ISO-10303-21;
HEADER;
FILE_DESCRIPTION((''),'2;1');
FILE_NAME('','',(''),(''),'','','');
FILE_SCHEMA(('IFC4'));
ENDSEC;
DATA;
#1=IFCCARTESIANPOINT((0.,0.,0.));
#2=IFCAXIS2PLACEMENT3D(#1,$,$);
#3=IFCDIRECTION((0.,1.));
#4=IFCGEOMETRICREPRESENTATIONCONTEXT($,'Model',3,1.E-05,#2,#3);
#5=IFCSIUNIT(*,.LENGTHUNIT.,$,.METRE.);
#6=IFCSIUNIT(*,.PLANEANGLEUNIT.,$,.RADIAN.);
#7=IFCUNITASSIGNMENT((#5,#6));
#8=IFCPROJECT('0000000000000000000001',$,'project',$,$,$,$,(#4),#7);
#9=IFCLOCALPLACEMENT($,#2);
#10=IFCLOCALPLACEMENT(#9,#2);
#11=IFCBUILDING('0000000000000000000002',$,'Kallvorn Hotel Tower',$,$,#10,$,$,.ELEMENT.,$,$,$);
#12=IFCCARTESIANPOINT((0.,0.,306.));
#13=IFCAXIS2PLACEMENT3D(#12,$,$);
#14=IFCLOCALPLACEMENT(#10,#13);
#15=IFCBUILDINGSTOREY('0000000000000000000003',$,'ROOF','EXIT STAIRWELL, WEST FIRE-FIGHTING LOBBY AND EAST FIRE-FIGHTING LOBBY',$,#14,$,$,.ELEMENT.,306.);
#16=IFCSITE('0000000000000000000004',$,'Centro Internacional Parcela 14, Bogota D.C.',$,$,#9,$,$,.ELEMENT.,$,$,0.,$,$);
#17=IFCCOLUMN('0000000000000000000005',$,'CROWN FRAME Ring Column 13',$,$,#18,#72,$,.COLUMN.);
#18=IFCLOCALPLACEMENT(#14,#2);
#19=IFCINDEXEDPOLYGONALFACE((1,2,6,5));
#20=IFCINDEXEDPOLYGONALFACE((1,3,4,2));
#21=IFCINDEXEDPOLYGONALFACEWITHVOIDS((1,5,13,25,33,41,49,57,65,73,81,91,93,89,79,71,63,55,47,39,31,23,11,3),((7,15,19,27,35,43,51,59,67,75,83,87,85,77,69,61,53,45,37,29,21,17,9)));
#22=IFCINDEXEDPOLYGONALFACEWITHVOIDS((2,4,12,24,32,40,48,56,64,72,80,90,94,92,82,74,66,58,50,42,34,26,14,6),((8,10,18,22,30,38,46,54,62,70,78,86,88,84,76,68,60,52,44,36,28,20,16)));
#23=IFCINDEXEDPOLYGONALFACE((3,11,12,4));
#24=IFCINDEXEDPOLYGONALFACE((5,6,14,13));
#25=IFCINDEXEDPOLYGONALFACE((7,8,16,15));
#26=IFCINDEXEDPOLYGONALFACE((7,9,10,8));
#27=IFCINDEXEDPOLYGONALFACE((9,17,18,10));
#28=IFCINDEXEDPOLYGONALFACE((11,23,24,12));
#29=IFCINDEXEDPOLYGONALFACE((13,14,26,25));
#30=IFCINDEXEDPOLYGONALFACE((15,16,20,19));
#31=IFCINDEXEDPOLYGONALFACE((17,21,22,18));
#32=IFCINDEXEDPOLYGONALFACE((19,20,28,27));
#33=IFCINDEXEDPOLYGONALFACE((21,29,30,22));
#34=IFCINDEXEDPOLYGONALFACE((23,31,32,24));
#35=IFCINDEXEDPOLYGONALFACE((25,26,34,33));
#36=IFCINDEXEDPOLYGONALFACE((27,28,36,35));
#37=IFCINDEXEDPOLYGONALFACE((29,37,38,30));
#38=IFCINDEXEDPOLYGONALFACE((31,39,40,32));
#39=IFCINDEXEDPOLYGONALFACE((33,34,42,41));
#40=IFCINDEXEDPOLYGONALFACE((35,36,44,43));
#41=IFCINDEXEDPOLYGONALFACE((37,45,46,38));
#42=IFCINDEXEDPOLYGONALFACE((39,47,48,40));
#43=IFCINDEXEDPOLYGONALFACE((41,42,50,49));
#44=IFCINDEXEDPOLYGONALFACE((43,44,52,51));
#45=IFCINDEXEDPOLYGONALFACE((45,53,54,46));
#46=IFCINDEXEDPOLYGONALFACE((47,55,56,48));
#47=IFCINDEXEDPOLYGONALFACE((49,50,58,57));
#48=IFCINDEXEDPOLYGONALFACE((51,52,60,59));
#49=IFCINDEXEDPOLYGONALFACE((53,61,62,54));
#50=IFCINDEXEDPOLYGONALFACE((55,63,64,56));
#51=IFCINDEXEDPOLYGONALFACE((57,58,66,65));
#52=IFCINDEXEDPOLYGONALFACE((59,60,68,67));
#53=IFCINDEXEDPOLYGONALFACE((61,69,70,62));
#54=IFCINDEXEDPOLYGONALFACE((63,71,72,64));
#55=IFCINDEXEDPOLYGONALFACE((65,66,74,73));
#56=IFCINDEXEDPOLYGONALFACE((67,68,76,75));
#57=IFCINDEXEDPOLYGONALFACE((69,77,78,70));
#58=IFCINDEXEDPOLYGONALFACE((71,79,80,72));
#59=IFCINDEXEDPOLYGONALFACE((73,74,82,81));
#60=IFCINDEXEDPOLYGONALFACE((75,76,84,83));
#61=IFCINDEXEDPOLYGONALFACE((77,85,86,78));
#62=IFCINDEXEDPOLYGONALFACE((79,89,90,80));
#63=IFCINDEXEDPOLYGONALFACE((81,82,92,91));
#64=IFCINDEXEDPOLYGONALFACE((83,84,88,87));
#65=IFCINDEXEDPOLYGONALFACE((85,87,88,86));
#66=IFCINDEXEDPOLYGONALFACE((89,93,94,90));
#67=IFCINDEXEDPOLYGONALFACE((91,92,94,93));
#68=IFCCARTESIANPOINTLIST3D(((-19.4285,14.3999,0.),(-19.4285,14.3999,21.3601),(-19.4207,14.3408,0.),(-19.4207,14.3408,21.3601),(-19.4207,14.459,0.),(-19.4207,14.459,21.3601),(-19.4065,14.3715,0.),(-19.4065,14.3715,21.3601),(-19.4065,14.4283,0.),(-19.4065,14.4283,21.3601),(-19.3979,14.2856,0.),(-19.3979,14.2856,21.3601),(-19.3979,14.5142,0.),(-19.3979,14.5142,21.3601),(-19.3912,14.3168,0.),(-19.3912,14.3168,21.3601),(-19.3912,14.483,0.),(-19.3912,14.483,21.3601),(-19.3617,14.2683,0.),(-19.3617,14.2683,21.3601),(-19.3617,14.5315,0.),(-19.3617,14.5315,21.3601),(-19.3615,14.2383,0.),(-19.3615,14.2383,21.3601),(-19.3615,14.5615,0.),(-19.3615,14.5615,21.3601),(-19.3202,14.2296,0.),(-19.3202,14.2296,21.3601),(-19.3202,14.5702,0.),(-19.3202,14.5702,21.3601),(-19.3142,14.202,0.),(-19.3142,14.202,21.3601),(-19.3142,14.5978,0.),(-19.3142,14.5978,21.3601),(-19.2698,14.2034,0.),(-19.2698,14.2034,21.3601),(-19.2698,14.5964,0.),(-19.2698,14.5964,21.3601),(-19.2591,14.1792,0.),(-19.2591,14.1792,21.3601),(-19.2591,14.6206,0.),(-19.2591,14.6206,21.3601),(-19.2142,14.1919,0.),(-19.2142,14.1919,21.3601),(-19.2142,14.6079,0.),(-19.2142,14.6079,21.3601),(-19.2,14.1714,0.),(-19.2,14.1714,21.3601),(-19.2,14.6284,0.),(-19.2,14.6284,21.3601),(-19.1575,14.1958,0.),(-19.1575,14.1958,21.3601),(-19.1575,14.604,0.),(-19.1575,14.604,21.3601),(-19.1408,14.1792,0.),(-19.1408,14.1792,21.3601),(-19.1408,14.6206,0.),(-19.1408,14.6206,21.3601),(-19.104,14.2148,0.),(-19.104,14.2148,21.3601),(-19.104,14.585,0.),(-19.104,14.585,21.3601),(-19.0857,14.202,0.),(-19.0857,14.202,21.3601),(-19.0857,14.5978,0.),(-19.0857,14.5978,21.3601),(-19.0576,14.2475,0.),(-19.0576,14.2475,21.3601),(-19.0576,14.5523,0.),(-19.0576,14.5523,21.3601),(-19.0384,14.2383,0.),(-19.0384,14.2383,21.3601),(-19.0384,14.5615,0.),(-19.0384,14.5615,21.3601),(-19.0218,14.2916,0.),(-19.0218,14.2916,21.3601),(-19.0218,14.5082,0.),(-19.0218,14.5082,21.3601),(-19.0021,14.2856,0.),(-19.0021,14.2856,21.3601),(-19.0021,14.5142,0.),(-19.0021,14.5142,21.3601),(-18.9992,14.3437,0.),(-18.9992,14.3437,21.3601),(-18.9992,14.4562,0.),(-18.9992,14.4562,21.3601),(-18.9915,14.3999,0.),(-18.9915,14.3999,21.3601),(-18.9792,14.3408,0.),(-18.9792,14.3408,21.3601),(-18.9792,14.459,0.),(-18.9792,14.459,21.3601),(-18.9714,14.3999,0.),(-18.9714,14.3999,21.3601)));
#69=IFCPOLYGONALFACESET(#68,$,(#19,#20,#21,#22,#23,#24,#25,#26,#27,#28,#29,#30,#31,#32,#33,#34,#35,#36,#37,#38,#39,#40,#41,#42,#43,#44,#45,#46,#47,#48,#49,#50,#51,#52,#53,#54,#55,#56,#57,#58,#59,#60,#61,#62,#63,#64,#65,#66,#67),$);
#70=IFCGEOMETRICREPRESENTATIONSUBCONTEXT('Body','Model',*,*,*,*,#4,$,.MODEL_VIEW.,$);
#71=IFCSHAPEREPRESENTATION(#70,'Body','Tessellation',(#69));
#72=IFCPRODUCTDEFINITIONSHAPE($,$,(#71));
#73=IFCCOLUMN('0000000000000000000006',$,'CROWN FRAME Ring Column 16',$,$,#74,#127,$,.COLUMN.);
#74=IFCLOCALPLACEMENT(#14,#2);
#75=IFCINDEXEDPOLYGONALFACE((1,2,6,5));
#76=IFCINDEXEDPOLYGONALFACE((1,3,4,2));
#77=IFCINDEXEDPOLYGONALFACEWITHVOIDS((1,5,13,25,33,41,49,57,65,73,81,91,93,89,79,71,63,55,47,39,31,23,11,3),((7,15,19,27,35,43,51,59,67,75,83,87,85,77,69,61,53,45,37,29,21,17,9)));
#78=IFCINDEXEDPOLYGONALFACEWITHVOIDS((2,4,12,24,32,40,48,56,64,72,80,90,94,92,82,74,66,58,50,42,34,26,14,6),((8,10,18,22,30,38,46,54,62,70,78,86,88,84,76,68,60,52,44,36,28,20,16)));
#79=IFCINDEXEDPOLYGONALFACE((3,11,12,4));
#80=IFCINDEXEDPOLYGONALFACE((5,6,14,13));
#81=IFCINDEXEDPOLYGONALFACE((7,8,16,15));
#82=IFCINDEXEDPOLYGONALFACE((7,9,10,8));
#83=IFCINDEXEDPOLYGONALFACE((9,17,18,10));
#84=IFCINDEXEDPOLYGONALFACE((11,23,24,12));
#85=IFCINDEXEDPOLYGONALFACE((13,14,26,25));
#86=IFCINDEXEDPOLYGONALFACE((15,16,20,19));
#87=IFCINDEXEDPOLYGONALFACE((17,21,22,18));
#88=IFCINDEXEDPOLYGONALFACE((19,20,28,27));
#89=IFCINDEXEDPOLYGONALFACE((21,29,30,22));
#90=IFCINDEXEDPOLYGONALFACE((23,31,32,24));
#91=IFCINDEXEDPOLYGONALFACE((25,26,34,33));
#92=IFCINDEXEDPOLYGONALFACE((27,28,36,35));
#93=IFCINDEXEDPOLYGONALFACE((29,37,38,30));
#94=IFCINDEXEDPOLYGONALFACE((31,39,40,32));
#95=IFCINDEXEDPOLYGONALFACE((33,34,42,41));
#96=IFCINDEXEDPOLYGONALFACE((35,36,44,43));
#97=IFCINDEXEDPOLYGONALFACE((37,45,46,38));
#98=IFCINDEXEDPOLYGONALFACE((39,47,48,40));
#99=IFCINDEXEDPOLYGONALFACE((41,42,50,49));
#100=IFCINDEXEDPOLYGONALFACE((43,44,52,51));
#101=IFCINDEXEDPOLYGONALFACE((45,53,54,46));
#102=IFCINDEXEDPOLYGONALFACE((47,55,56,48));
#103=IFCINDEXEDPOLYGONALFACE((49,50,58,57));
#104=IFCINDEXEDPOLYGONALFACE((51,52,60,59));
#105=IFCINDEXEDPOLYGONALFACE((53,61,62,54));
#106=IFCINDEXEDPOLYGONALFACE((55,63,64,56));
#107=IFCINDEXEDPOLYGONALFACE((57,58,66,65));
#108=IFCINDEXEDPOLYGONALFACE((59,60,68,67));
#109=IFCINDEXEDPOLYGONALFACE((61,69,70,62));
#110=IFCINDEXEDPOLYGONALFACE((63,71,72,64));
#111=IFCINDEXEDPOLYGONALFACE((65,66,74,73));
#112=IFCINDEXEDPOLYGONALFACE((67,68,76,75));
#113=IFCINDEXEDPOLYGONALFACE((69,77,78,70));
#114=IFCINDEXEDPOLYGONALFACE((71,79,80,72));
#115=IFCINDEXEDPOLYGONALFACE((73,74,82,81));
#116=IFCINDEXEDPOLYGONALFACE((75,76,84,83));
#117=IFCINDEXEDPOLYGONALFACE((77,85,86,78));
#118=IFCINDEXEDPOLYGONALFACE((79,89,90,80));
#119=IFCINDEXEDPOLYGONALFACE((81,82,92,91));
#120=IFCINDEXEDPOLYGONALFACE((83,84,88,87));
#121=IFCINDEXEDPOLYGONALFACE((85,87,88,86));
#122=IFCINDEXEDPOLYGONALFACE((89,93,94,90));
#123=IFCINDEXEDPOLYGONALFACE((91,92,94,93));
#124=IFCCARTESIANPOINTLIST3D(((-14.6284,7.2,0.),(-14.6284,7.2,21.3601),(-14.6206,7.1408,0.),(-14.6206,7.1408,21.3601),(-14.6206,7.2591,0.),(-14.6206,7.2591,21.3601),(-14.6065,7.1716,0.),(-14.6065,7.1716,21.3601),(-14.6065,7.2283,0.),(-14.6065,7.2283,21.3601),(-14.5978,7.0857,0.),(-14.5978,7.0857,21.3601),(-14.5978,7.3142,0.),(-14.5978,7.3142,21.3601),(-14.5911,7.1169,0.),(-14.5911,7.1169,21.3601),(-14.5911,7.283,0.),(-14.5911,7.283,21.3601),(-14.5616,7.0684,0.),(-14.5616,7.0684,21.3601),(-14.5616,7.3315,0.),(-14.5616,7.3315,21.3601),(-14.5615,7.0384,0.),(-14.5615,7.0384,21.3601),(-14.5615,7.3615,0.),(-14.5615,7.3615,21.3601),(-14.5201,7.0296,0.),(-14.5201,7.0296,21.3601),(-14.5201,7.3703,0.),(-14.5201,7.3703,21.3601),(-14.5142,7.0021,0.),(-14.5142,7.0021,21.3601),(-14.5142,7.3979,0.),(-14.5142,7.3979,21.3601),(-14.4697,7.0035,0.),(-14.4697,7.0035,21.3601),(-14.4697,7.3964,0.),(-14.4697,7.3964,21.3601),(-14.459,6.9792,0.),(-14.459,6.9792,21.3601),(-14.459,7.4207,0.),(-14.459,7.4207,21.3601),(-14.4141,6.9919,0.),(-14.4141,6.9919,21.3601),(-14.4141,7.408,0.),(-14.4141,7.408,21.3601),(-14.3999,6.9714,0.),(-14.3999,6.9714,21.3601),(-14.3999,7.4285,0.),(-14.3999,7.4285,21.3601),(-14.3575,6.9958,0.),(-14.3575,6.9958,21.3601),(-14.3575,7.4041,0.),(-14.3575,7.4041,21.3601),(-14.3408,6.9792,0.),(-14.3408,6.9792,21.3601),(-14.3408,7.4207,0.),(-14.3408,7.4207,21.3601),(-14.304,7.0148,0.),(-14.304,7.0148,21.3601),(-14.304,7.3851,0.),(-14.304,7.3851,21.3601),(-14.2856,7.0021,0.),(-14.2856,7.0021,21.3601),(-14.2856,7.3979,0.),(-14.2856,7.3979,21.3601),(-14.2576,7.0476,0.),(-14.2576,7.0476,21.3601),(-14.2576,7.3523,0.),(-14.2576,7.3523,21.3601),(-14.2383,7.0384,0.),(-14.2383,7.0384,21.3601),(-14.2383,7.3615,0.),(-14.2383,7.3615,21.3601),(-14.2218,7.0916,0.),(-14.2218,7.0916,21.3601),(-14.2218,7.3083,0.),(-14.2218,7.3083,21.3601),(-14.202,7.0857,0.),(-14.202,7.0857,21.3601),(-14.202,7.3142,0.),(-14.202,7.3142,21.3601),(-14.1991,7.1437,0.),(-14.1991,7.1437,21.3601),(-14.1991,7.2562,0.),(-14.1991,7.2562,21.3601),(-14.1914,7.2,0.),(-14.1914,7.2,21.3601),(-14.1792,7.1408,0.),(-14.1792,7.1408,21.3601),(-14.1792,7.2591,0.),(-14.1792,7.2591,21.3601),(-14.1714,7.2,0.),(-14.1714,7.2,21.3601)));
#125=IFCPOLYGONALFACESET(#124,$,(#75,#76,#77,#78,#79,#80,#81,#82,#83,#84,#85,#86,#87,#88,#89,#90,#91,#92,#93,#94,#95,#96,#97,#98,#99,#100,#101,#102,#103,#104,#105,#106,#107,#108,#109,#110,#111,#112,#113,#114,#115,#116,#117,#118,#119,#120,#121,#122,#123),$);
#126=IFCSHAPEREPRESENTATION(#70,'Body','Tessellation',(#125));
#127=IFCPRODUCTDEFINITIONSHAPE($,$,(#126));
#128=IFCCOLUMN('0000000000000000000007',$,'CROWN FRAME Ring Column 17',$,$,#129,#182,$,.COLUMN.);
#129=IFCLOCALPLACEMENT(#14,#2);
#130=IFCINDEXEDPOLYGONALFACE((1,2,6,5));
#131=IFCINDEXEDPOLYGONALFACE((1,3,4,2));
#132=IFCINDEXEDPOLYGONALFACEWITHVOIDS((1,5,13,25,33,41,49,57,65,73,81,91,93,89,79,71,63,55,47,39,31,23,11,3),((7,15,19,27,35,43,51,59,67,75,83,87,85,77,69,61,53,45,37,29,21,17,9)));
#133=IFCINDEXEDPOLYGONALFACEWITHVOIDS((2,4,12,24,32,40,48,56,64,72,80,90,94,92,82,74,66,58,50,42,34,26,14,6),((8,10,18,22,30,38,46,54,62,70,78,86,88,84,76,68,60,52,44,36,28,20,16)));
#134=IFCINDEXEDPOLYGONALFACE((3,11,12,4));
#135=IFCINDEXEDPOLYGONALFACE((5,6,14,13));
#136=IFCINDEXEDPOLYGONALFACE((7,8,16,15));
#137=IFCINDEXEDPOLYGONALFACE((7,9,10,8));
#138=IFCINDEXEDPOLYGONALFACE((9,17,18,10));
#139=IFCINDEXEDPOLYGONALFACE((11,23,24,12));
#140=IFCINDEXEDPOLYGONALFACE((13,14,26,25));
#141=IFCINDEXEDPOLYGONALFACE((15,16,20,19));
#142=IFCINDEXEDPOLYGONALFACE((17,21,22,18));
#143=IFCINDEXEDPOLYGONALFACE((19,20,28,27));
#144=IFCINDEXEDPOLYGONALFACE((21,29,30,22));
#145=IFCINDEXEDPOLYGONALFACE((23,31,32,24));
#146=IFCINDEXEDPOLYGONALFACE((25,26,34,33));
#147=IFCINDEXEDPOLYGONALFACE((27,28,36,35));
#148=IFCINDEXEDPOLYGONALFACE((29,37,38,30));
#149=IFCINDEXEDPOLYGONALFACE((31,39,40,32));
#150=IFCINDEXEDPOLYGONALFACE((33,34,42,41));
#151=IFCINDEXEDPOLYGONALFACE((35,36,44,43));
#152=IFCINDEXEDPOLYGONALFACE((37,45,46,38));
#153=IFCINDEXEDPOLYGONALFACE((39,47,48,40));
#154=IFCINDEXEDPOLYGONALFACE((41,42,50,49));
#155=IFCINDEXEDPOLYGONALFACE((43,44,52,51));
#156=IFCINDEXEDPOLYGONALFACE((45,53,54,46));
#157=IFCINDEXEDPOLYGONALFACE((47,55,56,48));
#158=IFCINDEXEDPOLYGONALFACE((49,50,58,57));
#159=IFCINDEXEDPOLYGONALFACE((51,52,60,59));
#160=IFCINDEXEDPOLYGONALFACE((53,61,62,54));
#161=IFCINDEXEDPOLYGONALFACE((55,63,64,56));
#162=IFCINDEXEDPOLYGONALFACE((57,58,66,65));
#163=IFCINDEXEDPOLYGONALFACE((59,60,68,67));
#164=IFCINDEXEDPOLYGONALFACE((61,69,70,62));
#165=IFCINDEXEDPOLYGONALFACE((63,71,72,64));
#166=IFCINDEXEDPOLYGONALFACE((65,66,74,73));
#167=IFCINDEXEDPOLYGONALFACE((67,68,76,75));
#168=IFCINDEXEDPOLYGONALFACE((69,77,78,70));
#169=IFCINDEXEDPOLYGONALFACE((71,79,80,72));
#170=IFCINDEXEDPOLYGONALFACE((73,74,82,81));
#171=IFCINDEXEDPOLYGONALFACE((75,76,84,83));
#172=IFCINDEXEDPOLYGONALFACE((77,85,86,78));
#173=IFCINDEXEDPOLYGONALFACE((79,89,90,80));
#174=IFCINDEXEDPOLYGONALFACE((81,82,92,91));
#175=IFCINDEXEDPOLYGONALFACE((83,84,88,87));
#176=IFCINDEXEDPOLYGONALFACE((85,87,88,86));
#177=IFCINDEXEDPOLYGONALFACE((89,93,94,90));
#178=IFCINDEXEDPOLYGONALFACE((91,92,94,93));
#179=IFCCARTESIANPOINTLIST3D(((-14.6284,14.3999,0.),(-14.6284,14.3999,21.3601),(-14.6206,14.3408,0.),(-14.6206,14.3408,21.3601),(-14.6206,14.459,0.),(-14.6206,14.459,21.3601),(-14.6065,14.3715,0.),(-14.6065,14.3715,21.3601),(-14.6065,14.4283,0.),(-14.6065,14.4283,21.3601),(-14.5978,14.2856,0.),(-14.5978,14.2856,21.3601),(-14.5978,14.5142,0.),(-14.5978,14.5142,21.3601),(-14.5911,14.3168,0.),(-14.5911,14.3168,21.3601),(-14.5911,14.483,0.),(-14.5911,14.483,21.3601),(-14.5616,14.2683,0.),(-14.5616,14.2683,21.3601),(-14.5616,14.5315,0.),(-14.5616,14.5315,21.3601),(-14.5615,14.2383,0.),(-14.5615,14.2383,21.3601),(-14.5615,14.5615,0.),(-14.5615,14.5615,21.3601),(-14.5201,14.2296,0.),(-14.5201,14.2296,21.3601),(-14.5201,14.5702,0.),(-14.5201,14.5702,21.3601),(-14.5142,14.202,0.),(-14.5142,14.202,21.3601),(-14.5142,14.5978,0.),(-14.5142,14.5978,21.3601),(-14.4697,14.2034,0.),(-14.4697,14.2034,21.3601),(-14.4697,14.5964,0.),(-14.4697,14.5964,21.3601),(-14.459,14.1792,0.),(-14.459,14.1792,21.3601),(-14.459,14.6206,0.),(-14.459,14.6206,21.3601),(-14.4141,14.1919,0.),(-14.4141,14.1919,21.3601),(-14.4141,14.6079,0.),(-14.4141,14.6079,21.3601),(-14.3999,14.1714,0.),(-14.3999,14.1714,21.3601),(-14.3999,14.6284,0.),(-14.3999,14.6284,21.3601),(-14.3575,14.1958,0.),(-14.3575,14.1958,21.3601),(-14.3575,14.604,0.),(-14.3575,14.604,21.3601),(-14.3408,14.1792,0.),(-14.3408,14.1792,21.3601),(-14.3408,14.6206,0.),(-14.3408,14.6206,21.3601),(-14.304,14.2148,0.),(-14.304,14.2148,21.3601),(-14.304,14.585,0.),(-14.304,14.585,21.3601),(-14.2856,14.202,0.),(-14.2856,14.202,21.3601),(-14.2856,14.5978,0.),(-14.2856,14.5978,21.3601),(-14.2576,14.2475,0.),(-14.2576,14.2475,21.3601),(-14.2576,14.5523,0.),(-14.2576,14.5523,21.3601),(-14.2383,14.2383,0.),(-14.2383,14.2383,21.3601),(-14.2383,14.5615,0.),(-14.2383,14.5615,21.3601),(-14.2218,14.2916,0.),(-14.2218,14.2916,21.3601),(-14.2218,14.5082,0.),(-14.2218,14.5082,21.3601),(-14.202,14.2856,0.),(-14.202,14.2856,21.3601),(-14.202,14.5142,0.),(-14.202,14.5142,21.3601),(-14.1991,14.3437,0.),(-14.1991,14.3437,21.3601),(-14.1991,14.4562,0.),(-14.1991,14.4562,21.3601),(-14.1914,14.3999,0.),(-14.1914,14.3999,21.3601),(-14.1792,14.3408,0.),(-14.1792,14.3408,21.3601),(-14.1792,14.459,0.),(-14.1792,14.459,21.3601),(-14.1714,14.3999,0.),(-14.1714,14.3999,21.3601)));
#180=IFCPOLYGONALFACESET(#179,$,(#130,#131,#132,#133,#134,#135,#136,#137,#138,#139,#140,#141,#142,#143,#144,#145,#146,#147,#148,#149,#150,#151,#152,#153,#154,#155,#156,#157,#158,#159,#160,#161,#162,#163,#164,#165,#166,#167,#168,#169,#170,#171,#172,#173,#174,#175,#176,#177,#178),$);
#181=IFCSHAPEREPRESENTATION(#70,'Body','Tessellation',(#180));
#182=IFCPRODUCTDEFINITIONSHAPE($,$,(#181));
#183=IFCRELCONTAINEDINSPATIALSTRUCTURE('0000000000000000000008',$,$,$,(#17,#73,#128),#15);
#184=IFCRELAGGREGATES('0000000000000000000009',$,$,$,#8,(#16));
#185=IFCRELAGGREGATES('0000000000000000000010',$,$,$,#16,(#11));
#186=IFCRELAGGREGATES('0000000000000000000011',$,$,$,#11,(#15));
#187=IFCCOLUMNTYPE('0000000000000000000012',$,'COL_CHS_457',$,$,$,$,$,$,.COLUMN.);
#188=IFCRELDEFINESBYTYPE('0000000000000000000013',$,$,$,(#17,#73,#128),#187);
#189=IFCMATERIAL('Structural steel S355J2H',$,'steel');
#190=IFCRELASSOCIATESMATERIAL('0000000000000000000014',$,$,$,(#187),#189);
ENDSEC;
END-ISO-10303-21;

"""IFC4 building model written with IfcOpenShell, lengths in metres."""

from ifc_helpers import new_model, si_unit, direction, frame, origin, origin_2d, place, context, subcontext, project, spatial, hollow_circle, extrude, material, material_profile, profile_set, type_object, element, save


model = new_model("IFC4")

# Units and contexts
model_context = context("Model", 3, precision=1e-05, world=origin(), true_north=direction((0.0, 1.0)))
body_context = subcontext(model_context, "Body", "Model", "MODEL_VIEW")
ifc_project = project(units=[si_unit("LENGTHUNIT", "METRE"), si_unit("PLANEANGLEUNIT", "RADIAN")], contexts=[model_context])

# Site, building, storey
site_placement = place(None, origin())
site = spatial("IfcSite", under=ifc_project, at=site_placement, Name="Centro Internacional Parcela 14, Bogota D.C.", CompositionType="ELEMENT", RefElevation=0.0)
building_placement = place(site_placement, origin())
building = spatial("IfcBuilding", under=site, at=building_placement, Name="Kallvorn Hotel Tower", CompositionType="ELEMENT")
storey_placement = place(building_placement, frame((0.0, 0.0, 306.0)))
storey = spatial("IfcBuildingStorey", under=building, at=storey_placement, Name="ROOF", Description="EXIT STAIRWELL, WEST FIRE-FIGHTING LOBBY AND EAST FIRE-FIGHTING LOBBY", CompositionType="ELEMENT", Elevation=306.0)

# Columns
ifc_material_1 = material(Name="Structural steel S355J2H", Category="steel")
ifc_material_profile = material_profile(ifc_material_1, hollow_circle(Radius=0.2285, WallThickness=0.02, at=origin_2d()), Name="CHS 457x20")
ifc_profile_set = profile_set([ifc_material_profile], Name="Structural steel S355J2H")
column_type = type_object("IfcColumnType", Name="COL_CHS_457", PredefinedType="COLUMN", material=ifc_profile_set)
for number, where, z_axis, x_axis, name in (
    (1, (-19.2, 14.3999, 0.0), (0.0, 0.0, 1.0), (1.0, 0.0, 0.0), "CROWN FRAME Ring Column 13"),
    (2, (-14.3999, 7.2, 0.0), (0.0, 0.0, 1.0), (1.0, 0.0, 0.0), "CROWN FRAME Ring Column 16"),
    (3, (-14.3999, 14.3999, 0.0), (0.0, 0.0, 1.0), (1.0, 0.0, 0.0), "CROWN FRAME Ring Column 17"),
):
    element("IfcColumn", number, at=place(storey_placement, frame(where, z_axis=z_axis, x_axis=x_axis)), inside=storey, type_object=column_type, Name=name, PredefinedType="COLUMN", context=body_context, shape_type="SweptSolid", body=[
        extrude(hollow_circle(Radius=0.2285, WallThickness=0.02, at=origin_2d()), origin(), (0.0, 0.0, 1.0), 21.3601),
    ])

save(model, "model.ifc")
